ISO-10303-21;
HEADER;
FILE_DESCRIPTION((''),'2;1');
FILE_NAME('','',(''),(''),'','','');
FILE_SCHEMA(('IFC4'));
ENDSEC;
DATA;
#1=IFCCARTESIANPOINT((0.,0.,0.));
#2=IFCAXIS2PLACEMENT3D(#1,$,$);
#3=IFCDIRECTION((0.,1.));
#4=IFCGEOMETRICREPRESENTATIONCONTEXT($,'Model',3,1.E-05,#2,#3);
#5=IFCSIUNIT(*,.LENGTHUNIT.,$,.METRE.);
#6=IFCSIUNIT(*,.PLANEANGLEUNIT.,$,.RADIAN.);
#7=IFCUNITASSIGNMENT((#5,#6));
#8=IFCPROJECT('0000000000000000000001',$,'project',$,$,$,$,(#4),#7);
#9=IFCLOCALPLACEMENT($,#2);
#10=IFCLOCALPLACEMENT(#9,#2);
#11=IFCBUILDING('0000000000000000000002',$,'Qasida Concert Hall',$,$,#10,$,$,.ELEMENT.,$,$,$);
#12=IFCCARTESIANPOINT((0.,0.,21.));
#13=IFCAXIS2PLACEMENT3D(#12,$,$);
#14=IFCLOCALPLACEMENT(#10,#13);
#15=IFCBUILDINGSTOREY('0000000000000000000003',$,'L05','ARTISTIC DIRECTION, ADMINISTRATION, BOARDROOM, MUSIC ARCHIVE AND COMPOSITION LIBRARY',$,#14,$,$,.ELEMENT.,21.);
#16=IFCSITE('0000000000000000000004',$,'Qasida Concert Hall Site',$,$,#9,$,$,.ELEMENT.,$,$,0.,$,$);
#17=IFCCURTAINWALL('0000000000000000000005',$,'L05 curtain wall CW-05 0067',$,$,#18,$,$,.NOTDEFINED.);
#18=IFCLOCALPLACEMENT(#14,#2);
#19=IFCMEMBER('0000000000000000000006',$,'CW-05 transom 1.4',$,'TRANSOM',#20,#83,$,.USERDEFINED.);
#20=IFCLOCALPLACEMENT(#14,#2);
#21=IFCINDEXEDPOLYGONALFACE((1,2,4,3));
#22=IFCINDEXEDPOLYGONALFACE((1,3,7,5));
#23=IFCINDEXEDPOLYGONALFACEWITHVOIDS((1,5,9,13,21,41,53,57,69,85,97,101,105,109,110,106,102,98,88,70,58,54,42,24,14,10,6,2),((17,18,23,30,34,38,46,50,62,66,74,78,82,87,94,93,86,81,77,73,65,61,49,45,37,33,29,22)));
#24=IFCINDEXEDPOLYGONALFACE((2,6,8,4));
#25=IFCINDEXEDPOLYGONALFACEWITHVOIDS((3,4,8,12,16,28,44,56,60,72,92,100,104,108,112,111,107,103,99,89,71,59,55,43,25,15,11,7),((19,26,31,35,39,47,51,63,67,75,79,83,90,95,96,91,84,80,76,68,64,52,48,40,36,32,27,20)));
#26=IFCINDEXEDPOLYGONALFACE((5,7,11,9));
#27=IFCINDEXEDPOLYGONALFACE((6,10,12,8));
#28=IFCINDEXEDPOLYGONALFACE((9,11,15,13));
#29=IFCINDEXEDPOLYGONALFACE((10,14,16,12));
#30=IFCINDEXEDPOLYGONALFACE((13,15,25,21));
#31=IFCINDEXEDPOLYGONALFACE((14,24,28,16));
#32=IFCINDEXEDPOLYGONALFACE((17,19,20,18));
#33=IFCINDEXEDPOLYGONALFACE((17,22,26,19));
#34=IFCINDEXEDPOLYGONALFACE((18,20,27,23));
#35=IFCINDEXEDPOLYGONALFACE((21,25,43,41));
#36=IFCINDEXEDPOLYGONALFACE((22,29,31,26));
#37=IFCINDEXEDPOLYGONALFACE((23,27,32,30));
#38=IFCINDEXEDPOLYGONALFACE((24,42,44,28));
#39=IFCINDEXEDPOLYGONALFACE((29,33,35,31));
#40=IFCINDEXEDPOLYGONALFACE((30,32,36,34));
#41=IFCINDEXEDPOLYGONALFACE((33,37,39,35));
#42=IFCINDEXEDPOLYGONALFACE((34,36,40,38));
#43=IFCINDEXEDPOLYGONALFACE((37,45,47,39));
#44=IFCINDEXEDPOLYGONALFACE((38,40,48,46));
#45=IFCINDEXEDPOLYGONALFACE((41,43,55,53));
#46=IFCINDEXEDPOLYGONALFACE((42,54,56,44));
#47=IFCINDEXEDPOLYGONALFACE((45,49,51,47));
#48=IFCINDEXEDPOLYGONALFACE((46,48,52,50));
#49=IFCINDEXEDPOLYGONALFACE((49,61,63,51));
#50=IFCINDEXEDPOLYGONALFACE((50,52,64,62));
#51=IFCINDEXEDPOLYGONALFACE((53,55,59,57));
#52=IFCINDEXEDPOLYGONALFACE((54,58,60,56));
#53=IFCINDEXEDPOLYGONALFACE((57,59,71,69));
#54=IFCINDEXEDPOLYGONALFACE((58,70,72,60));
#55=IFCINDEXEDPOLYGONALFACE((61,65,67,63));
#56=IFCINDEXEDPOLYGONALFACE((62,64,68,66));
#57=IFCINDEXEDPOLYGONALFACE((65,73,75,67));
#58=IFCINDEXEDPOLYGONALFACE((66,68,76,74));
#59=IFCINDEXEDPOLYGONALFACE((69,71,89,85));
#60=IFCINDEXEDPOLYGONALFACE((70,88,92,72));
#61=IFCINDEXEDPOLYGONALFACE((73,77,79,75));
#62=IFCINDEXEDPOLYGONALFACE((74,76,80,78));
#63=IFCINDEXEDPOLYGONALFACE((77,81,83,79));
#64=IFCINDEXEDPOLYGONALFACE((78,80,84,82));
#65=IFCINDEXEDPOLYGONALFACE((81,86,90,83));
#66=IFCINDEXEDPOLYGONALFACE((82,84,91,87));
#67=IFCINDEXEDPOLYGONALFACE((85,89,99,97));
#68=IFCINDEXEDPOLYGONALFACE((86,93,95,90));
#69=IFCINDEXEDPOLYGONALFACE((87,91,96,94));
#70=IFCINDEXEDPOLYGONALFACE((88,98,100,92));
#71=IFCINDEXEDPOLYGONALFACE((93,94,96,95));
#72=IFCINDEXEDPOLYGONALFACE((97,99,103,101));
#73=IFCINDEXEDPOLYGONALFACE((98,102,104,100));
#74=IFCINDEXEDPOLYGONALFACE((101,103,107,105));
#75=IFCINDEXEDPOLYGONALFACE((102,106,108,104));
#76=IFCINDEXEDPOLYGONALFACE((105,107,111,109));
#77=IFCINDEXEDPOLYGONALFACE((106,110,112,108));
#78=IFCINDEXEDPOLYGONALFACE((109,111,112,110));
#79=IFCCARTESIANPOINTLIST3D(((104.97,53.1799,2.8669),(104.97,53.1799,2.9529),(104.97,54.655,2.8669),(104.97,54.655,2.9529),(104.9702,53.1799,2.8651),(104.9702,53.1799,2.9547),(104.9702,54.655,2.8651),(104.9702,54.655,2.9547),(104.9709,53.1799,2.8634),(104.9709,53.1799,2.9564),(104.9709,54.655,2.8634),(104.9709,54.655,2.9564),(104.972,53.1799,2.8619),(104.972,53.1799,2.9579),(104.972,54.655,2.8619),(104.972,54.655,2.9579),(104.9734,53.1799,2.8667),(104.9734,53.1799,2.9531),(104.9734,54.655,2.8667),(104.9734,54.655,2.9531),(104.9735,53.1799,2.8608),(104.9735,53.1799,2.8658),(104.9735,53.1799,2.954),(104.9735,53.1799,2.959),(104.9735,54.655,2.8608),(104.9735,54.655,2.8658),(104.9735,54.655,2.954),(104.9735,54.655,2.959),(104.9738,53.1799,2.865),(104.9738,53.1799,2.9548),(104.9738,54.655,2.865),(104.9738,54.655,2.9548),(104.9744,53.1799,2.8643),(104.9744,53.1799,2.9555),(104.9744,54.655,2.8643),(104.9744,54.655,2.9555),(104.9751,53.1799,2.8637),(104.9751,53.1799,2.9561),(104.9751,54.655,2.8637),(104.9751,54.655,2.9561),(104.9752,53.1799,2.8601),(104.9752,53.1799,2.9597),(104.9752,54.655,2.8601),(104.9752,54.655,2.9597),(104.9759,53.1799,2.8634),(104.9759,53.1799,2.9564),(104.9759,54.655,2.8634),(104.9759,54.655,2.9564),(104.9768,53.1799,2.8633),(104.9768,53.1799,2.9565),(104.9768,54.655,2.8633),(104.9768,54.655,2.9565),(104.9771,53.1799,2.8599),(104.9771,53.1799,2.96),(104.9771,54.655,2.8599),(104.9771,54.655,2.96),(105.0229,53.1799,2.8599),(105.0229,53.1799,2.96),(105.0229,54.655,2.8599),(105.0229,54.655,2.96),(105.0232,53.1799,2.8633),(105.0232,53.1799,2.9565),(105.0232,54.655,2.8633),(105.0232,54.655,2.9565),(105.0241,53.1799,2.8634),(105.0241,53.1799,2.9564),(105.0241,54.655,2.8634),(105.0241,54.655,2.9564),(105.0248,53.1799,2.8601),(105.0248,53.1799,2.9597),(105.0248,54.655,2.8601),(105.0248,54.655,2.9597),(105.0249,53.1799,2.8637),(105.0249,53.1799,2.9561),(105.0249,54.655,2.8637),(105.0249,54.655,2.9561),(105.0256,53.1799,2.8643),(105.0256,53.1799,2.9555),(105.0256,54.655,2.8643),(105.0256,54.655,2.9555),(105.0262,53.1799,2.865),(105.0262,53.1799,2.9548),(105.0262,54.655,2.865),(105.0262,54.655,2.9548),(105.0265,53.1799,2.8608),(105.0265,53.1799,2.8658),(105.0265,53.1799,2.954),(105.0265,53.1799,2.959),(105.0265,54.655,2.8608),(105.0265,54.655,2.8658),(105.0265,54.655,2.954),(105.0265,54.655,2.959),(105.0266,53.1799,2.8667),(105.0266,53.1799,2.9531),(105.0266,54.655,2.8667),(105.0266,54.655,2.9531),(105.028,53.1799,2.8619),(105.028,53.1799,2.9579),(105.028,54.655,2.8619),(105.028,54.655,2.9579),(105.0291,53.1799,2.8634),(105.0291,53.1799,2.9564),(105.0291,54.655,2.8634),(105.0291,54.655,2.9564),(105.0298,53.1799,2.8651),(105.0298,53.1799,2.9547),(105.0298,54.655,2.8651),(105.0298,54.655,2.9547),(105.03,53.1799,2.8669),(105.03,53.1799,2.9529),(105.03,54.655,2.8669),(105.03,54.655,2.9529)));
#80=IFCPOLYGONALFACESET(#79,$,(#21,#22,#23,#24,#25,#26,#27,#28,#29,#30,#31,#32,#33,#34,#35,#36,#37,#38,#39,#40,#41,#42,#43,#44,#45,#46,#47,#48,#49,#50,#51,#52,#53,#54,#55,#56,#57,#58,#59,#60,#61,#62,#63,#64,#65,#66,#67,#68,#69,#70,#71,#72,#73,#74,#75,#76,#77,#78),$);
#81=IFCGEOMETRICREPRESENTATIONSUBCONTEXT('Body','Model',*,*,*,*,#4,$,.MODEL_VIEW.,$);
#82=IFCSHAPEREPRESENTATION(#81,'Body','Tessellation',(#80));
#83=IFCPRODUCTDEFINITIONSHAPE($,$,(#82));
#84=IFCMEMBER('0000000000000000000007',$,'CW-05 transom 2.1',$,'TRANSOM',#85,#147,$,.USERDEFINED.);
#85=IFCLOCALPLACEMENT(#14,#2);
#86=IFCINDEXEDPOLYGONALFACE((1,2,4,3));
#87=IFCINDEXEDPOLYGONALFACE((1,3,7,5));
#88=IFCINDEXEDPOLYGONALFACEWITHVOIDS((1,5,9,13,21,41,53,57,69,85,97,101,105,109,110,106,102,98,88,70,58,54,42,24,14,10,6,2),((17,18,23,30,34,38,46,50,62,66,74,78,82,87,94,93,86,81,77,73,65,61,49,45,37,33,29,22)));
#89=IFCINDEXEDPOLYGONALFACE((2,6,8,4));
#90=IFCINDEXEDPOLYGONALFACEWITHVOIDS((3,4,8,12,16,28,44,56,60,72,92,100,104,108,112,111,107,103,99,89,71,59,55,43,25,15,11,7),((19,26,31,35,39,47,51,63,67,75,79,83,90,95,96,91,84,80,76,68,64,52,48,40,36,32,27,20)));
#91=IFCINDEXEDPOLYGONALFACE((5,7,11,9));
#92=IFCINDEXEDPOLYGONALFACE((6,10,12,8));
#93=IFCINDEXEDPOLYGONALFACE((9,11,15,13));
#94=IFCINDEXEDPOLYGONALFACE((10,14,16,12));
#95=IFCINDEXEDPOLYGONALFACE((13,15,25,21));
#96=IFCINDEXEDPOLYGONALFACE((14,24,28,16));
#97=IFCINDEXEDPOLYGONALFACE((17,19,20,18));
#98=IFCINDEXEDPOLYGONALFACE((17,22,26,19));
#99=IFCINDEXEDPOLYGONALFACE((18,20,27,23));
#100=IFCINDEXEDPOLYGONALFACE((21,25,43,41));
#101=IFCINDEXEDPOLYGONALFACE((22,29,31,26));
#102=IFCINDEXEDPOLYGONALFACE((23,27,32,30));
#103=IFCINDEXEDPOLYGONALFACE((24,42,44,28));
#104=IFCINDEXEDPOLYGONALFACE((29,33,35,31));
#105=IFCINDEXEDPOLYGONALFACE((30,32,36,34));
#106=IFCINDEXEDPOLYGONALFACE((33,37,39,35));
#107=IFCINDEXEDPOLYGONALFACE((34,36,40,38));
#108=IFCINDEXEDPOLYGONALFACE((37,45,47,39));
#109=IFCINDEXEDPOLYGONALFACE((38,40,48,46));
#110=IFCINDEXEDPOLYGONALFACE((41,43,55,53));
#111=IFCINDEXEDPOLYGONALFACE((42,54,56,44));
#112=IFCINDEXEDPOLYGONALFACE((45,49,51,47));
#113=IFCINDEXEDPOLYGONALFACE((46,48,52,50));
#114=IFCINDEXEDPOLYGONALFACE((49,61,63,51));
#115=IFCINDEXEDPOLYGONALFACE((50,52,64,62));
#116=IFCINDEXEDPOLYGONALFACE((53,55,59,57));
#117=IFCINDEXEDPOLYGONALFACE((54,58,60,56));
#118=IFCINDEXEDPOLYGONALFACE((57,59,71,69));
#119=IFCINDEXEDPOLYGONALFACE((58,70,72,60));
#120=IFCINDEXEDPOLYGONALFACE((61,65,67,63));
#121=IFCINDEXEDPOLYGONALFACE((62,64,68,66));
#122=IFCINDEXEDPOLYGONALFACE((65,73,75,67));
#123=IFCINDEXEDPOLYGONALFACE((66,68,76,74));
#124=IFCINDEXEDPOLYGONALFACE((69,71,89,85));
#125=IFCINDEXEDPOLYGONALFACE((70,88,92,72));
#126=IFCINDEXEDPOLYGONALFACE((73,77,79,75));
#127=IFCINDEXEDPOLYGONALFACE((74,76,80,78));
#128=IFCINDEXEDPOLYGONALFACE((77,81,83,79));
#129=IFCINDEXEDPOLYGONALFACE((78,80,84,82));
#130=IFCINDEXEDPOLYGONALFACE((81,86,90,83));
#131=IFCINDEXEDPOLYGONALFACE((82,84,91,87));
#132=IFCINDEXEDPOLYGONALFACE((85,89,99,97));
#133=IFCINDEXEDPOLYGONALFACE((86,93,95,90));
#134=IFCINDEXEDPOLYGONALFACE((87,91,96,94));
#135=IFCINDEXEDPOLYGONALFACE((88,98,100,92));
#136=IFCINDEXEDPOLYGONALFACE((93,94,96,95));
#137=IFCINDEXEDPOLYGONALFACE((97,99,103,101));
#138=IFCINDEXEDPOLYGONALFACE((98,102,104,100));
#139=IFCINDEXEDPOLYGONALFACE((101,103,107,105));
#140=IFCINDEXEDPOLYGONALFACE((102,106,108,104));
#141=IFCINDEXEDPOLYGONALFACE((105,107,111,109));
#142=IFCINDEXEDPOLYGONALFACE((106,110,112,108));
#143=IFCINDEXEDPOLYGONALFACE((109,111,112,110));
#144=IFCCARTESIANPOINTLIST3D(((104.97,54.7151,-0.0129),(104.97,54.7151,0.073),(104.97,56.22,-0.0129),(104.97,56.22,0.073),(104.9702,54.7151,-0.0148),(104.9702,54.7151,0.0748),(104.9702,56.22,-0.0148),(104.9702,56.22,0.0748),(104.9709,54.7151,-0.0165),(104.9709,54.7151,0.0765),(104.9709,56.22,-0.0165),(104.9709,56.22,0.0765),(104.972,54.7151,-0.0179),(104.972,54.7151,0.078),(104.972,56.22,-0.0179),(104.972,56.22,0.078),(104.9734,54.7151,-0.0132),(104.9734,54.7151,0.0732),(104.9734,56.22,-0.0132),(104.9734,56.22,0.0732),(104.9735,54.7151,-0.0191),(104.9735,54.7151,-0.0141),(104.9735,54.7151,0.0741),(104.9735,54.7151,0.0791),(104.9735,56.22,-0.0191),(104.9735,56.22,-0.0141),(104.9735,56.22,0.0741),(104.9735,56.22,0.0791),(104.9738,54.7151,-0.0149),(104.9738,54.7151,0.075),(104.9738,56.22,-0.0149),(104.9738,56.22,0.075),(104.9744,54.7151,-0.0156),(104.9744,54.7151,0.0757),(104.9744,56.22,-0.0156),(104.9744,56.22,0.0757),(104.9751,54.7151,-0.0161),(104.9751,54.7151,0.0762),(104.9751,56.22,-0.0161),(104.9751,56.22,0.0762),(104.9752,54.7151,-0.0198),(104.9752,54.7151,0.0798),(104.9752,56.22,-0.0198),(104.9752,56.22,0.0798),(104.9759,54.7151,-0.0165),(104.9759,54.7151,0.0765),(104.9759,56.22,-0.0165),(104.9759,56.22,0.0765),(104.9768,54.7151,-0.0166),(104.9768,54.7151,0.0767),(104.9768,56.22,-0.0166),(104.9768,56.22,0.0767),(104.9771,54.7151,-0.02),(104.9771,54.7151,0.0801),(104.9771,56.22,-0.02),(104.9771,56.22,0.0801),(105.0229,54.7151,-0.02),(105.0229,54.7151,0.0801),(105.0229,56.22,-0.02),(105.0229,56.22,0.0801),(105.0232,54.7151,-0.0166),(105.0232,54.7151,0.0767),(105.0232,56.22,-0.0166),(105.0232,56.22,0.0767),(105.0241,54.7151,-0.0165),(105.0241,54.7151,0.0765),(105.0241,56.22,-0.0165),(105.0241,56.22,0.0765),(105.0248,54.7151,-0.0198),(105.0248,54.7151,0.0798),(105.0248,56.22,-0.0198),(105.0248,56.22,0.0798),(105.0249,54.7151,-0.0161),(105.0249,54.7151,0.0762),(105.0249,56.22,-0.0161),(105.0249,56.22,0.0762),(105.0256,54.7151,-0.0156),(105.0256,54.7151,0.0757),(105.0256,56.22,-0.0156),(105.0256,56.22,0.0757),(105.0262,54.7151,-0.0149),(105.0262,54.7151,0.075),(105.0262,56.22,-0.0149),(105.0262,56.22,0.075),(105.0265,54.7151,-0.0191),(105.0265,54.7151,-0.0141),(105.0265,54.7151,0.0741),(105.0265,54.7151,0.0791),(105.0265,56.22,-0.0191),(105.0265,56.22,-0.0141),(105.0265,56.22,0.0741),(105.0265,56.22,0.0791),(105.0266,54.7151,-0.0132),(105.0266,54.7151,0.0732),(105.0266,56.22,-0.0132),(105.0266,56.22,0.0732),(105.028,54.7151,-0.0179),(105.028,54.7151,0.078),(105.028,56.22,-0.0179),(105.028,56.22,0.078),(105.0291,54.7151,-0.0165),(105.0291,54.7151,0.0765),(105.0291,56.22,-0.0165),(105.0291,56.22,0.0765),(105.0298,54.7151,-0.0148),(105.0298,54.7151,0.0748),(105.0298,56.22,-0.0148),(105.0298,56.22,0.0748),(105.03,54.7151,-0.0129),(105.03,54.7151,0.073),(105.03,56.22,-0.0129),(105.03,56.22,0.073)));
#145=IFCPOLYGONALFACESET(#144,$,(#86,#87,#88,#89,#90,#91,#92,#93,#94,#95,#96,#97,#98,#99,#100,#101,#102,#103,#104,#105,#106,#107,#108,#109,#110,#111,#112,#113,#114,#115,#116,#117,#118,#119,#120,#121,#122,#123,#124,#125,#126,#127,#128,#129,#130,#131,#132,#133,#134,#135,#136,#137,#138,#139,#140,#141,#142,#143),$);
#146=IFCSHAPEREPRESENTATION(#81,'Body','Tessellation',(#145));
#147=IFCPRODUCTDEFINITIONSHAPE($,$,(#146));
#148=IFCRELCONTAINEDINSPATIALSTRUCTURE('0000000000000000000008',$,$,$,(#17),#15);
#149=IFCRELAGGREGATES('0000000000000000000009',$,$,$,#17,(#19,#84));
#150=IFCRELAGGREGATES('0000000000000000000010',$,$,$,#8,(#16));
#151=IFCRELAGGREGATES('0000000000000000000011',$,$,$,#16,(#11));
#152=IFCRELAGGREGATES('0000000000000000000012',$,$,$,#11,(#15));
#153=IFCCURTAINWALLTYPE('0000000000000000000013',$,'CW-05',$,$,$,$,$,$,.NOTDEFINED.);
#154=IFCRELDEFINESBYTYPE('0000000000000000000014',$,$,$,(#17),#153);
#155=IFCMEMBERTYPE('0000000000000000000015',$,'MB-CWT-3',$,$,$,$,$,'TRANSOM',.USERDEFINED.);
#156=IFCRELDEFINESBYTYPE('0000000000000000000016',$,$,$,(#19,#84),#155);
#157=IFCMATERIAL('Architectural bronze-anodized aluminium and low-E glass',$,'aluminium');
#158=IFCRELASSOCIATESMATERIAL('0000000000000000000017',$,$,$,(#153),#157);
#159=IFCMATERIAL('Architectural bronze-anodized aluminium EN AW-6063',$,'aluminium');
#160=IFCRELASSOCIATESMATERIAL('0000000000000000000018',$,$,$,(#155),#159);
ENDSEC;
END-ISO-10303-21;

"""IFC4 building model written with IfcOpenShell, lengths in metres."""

from ifc_helpers import new_model, si_unit, direction, frame, origin, origin_2d, place, context, subcontext, project, spatial, hollow_rectangle, extrude, material, material_profile, profile_set, type_object, element, aggregate, save


model = new_model("IFC4")

# Units and contexts
model_context = context("Model", 3, precision=1e-05, world=origin(), true_north=direction((0.0, 1.0)))
body_context = subcontext(model_context, "Body", "Model", "MODEL_VIEW")
ifc_project = project(units=[si_unit("LENGTHUNIT", "METRE"), si_unit("PLANEANGLEUNIT", "RADIAN")], contexts=[model_context])

# Site, building, storey
site_placement = place(None, origin())
site = spatial("IfcSite", under=ifc_project, at=site_placement, Name="Qasida Concert Hall Site", CompositionType="ELEMENT", RefElevation=0.0)
building_placement = place(site_placement, origin())
building = spatial("IfcBuilding", under=site, at=building_placement, Name="Qasida Concert Hall", CompositionType="ELEMENT")
storey_placement = place(building_placement, frame((0.0, 0.0, 21.0)))
storey = spatial("IfcBuildingStorey", under=building, at=storey_placement, Name="L05", Description="ARTISTIC DIRECTION, ADMINISTRATION, BOARDROOM, MUSIC ARCHIVE AND COMPOSITION LIBRARY", CompositionType="ELEMENT", Elevation=21.0)

# Curtain wall, members
ifc_material_1 = material(Name="Architectural bronze-anodized aluminium and low-E glass", Category="aluminium")
curtain_wall_type = type_object("IfcCurtainWallType", Name="CW-05", PredefinedType="NOTDEFINED", material=ifc_material_1)
curtain_wall_placement = place(storey_placement, origin())
curtain_wall = element("IfcCurtainWall", 1, at=curtain_wall_placement, inside=storey, type_object=curtain_wall_type, Name="L05 curtain wall CW-05 0067", PredefinedType="NOTDEFINED")
ifc_material_2 = material(Name="Architectural bronze-anodized aluminium EN AW-6063", Category="aluminium")
ifc_material_profile_1 = material_profile(ifc_material_2, hollow_rectangle(XDim=0.0601, YDim=0.1001, WallThickness=0.0034, InnerFilletRadius=0.0034, OuterFilletRadius=0.0071, at=origin_2d()), Name="CWT 100x60x3.5")
ifc_profile_set_1 = profile_set([ifc_material_profile_1], Name="Architectural bronze-anodized aluminium EN AW-6063")
member_type_1 = type_object("IfcMemberType", Name="MB-CWT-3", ElementType="TRANSOM", PredefinedType="USERDEFINED", material=ifc_profile_set_1)
member_1_placement = place(storey_placement, frame((105.0, 53.1799, 2.9099), z_axis=(0.0, 1.0, 0.0), x_axis=(-1.0, 0.0, 0.0)))
member_1 = element("IfcMember", 2, at=member_1_placement, type_object=member_type_1, Name="CW-05 transom 1.4", ObjectType="TRANSOM", PredefinedType="USERDEFINED", context=body_context, shape_type="SweptSolid", body=[
    extrude(hollow_rectangle(XDim=0.0601, YDim=0.1001, WallThickness=0.0034, InnerFilletRadius=0.0034, OuterFilletRadius=0.0071, at=origin_2d()), origin(), (0.0, 0.0, 1.0), 1.4751),
])
member_2_placement = place(storey_placement, frame((105.0, 54.7151, 0.03), z_axis=(0.0, 1.0, 0.0), x_axis=(-1.0, 0.0, 0.0)))
member_2 = element("IfcMember", 3, at=member_2_placement, type_object=member_type_1, Name="CW-05 transom 2.1", ObjectType="TRANSOM", PredefinedType="USERDEFINED", context=body_context, shape_type="SweptSolid", body=[
    extrude(hollow_rectangle(XDim=0.0601, YDim=0.1001, WallThickness=0.0034, InnerFilletRadius=0.0034, OuterFilletRadius=0.0071, at=origin_2d()), origin(), (0.0, 0.0, 1.0), 1.5049),
])
aggregate(curtain_wall, [member_1, member_2])

save(model, "model.ifc")
